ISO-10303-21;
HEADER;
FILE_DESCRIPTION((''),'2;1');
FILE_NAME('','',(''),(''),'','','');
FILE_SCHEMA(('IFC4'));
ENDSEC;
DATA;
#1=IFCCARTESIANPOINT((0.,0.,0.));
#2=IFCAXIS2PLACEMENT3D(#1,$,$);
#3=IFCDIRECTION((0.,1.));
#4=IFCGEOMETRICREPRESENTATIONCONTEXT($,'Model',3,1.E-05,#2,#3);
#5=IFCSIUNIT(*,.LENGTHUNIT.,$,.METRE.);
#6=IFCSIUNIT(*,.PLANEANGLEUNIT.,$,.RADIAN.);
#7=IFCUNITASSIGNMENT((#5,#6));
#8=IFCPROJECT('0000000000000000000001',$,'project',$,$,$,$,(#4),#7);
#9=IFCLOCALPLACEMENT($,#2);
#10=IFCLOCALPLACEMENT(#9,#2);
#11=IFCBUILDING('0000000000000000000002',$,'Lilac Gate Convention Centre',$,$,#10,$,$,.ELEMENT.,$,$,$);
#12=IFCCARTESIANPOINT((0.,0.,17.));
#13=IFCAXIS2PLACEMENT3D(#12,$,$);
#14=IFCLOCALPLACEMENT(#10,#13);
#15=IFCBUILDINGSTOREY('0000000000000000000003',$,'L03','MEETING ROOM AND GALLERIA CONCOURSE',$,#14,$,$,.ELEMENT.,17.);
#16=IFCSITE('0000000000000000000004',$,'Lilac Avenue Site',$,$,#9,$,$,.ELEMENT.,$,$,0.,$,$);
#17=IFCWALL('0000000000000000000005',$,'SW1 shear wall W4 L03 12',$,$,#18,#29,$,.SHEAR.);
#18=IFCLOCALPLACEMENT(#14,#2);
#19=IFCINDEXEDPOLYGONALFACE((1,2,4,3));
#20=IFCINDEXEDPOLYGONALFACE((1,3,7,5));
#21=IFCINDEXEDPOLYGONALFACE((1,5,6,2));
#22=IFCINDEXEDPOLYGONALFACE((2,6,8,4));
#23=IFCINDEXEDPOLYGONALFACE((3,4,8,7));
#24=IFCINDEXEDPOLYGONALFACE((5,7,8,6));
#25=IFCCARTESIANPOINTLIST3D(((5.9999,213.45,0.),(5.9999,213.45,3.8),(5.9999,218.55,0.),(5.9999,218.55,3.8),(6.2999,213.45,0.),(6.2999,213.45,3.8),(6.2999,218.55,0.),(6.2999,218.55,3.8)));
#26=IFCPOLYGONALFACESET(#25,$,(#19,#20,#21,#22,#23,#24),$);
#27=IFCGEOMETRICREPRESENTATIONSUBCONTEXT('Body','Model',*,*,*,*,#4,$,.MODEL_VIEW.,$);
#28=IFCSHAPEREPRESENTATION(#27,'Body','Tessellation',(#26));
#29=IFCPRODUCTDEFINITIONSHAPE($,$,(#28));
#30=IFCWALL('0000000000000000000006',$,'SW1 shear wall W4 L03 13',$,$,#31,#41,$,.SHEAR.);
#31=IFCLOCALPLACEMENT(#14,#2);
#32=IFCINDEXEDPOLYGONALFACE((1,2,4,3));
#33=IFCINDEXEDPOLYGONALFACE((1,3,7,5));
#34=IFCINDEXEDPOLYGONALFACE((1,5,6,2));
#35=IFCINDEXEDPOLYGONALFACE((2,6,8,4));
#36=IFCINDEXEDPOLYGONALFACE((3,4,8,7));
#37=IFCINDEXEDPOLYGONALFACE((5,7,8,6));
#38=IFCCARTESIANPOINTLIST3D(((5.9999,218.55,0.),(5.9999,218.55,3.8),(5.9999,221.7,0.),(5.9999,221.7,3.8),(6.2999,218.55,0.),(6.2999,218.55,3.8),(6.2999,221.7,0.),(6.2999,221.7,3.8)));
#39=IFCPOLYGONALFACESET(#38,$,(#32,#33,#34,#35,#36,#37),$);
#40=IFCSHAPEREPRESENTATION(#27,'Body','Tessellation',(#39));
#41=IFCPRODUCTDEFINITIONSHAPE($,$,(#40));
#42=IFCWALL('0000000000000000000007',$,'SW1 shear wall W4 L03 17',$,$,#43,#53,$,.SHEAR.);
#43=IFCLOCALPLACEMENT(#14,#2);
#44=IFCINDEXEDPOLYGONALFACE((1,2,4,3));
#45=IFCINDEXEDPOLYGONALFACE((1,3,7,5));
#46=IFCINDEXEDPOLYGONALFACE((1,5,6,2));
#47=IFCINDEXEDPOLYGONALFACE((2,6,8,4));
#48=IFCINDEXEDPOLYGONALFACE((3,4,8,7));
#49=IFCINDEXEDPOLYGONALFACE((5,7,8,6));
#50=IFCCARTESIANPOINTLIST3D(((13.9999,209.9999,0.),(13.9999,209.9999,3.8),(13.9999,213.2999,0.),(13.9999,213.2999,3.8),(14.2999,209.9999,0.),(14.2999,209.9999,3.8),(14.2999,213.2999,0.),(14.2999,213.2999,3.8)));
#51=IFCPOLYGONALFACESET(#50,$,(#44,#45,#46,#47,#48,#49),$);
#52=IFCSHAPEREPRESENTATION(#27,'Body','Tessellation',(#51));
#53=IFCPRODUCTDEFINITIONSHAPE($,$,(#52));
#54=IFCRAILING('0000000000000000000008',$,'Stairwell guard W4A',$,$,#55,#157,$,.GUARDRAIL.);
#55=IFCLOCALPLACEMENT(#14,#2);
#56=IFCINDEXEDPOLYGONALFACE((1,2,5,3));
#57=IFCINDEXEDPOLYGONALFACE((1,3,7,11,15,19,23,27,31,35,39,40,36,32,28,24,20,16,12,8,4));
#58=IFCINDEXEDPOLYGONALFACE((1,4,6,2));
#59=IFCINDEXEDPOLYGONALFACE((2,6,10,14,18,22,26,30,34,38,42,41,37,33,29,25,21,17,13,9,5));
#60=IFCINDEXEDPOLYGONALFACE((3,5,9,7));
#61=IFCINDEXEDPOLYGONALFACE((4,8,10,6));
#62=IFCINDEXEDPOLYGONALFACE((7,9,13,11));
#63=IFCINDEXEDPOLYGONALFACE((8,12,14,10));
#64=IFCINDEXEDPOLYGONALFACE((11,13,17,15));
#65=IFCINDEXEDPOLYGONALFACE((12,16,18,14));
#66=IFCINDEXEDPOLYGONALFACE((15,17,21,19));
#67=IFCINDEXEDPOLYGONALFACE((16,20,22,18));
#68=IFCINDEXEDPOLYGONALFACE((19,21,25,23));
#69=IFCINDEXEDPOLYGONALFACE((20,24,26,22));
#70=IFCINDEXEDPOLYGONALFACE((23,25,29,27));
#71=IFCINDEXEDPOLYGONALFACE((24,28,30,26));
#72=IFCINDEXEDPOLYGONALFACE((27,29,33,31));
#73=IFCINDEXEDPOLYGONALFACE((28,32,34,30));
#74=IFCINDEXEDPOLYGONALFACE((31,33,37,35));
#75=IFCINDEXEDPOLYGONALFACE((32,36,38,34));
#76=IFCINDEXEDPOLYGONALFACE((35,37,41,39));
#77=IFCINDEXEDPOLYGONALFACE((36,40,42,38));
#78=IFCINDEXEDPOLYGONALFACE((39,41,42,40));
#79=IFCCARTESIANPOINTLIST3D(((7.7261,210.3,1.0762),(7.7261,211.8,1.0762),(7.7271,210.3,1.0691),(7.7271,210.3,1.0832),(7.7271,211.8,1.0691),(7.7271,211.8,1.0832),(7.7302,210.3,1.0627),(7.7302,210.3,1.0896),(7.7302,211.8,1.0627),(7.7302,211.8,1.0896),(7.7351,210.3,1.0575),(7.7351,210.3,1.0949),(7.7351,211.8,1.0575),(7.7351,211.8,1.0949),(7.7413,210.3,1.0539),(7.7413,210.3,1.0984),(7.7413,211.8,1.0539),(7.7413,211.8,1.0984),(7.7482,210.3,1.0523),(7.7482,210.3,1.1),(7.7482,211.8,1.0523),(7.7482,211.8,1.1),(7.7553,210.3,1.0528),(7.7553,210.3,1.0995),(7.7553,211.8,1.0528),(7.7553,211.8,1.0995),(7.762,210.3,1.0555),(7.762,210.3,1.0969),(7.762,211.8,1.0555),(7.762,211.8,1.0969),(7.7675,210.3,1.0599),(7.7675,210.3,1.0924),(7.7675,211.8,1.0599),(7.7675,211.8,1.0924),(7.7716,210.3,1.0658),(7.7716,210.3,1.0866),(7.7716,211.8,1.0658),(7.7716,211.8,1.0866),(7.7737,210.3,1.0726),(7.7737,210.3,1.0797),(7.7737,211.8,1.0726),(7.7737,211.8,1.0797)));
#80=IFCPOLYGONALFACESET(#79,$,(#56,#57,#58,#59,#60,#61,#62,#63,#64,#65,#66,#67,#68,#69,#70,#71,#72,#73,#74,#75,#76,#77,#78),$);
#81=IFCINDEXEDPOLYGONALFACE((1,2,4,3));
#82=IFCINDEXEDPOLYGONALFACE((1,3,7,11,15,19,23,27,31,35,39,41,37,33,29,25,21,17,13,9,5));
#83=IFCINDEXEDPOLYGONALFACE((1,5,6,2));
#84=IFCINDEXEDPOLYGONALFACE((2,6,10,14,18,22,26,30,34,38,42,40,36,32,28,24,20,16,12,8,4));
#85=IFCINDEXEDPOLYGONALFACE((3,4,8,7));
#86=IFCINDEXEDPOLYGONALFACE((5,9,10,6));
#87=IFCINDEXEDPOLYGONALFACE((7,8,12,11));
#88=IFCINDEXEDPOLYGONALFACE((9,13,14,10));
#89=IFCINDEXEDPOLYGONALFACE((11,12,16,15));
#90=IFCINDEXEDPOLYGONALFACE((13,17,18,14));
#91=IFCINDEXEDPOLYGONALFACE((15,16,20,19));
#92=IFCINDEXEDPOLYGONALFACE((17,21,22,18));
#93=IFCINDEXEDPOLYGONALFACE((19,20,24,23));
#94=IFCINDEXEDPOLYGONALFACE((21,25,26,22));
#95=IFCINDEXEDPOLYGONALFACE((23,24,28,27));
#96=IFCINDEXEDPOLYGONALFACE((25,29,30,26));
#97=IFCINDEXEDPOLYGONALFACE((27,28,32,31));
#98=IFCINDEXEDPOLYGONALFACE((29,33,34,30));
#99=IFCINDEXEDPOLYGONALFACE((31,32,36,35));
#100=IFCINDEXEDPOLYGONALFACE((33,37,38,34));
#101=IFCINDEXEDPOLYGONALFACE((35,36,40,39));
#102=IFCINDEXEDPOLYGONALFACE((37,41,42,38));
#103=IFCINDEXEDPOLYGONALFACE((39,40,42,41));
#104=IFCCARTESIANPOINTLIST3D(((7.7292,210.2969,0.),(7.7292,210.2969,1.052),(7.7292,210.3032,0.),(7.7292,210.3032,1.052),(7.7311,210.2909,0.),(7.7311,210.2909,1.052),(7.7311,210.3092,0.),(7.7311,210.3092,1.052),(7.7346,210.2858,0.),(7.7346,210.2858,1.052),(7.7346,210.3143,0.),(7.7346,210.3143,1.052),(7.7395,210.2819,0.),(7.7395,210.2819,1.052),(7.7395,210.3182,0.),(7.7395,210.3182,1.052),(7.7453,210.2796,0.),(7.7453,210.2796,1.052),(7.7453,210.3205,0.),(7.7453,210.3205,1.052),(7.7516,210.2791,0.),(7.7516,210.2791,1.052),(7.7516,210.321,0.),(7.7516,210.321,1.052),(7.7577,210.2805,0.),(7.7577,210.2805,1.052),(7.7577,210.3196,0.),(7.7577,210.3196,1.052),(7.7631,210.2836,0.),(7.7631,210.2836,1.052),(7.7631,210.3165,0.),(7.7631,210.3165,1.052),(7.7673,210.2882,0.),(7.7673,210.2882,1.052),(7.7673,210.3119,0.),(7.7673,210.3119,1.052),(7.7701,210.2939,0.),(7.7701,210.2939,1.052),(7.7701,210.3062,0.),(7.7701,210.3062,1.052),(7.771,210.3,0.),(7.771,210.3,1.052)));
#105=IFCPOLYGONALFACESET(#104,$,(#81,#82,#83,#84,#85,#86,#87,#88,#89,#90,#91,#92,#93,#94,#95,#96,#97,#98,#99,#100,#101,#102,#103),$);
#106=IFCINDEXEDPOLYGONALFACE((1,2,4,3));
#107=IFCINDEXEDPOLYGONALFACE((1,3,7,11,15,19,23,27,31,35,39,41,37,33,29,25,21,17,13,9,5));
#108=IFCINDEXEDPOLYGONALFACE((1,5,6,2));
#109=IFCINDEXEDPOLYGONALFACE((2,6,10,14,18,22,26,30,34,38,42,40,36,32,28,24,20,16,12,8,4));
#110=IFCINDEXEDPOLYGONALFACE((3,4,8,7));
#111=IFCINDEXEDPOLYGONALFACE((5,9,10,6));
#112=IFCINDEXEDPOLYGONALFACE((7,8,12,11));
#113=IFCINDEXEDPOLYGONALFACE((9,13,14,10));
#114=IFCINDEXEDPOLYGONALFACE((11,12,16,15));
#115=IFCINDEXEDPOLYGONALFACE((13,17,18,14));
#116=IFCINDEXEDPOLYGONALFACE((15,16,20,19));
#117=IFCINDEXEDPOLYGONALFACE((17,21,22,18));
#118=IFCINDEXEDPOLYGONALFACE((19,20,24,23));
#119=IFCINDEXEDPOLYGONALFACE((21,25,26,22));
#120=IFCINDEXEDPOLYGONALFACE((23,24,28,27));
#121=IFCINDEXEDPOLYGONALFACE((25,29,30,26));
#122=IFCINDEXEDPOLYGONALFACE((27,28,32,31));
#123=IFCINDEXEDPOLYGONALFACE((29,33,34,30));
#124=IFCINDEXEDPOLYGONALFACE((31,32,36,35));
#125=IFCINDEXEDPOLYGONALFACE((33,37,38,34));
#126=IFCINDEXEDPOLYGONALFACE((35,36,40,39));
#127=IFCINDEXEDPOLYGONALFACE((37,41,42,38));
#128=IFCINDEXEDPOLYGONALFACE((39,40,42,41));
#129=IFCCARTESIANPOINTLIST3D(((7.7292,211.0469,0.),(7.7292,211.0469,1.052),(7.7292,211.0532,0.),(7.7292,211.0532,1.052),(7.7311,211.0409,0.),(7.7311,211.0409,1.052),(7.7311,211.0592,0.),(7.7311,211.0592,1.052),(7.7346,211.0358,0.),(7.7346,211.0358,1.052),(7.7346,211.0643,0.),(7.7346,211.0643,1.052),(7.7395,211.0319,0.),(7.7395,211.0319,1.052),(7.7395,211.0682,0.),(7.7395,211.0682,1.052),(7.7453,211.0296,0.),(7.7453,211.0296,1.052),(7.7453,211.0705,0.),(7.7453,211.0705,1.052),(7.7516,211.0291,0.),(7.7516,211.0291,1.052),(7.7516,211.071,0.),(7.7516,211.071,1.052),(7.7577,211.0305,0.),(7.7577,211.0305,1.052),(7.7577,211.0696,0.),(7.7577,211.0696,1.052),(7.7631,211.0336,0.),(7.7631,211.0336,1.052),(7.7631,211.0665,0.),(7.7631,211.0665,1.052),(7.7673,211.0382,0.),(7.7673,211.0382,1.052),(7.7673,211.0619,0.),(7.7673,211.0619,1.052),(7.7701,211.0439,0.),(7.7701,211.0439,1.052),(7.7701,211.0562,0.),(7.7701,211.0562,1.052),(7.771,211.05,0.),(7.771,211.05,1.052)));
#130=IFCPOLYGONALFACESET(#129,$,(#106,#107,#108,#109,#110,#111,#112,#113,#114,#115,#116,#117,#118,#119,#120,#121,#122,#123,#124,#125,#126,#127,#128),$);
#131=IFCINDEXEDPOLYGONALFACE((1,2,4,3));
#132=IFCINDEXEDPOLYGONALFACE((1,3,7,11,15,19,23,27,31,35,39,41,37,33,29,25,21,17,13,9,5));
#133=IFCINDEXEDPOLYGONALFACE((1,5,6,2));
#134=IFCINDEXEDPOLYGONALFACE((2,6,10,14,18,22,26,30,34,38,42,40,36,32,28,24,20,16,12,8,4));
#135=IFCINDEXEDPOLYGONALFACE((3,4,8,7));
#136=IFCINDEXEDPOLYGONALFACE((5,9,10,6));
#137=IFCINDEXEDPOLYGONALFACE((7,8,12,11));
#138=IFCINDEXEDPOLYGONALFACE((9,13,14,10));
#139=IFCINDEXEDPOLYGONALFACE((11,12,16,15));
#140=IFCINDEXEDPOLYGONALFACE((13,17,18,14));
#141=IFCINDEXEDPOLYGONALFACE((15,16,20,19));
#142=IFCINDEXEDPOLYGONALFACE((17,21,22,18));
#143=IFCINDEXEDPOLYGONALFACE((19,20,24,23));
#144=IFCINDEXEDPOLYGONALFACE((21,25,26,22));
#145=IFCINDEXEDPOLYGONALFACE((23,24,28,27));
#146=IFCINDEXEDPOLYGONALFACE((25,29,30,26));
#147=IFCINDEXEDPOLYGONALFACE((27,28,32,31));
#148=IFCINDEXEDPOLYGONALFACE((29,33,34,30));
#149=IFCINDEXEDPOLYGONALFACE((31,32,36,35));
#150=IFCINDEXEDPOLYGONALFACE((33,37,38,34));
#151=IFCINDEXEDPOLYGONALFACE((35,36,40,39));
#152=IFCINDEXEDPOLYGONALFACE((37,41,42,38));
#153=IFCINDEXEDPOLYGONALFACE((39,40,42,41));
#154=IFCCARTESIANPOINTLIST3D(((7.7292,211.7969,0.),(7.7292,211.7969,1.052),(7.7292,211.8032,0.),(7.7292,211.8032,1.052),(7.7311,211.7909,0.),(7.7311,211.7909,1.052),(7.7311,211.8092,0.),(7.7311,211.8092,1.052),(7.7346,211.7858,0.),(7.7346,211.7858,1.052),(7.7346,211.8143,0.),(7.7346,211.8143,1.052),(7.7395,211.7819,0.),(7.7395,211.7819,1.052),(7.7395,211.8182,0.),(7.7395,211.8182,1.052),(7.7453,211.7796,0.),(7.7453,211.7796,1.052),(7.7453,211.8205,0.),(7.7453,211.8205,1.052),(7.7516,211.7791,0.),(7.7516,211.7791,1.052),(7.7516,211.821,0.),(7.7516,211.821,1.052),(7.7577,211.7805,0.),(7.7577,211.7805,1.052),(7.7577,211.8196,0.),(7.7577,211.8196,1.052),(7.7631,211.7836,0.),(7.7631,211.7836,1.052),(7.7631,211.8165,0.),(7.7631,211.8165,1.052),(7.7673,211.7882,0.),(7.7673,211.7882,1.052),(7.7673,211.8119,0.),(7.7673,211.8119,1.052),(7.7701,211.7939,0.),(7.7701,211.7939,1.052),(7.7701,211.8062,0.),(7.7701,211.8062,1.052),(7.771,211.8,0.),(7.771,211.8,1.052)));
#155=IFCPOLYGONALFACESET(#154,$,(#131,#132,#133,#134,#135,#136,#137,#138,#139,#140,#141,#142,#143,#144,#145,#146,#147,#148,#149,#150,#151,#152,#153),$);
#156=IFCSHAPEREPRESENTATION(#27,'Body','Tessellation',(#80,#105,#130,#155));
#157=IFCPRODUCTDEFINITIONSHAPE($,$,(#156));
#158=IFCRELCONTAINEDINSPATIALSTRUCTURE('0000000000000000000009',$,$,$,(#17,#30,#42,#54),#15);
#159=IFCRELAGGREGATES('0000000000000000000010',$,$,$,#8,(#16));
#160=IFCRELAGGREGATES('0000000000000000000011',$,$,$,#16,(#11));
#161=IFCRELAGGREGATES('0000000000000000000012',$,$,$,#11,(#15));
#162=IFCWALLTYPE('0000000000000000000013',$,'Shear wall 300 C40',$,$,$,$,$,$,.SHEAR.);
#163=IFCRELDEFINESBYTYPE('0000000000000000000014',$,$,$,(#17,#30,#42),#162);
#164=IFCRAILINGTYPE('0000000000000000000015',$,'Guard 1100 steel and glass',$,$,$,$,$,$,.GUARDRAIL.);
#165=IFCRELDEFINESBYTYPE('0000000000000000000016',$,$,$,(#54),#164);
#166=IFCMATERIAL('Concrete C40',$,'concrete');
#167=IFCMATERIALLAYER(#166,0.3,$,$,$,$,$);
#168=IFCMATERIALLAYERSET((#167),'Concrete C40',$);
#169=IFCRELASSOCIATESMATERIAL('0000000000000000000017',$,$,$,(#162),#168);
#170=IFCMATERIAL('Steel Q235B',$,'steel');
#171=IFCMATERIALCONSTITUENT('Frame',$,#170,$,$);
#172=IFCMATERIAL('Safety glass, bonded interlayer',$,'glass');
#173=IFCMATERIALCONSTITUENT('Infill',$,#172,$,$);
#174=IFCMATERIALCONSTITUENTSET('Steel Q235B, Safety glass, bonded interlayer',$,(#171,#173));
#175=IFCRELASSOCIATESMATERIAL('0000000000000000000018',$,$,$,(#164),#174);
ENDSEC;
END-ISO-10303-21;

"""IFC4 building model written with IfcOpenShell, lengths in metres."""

from ifc_helpers import new_model, si_unit, direction, frame, frame_2d, origin, origin_2d, place, context, subcontext, project, spatial, rectangle, circle, extrude, material, layer, layer_set, constituent, constituent_set, type_object, element, save


model = new_model("IFC4")

# Units and contexts
model_context = context("Model", 3, precision=1e-05, world=origin(), true_north=direction((0.0, 1.0)))
body_context = subcontext(model_context, "Body", "Model", "MODEL_VIEW")
ifc_project = project(units=[si_unit("LENGTHUNIT", "METRE"), si_unit("PLANEANGLEUNIT", "RADIAN")], contexts=[model_context])

# Site, building, storey
site_placement = place(None, origin())
site = spatial("IfcSite", under=ifc_project, at=site_placement, Name="Lilac Avenue Site", CompositionType="ELEMENT", RefElevation=0.0)
building_placement = place(site_placement, origin())
building = spatial("IfcBuilding", under=site, at=building_placement, Name="Lilac Gate Convention Centre", CompositionType="ELEMENT")
storey_placement = place(building_placement, frame((0.0, 0.0, 17.0)))
storey = spatial("IfcBuildingStorey", under=building, at=storey_placement, Name="L03", Description="MEETING ROOM AND GALLERIA CONCOURSE", CompositionType="ELEMENT", Elevation=17.0)

# Shared definitions
ifc_material_1 = material(Name="Concrete C40", Category="concrete")
ifc_layer_1 = layer(ifc_material_1, 0.3)
ifc_layer_set_1 = layer_set([ifc_layer_1], Name="Concrete C40")
wall_type_1 = type_object("IfcWallType", Name="Shear wall 300 C40", PredefinedType="SHEAR", material=ifc_layer_set_1)

# Walls
wall_1_placement = place(storey_placement, frame((6.1499, 213.45, 0.0), z_axis=(0.0, 0.0, 1.0), x_axis=(0.0, 1.0, 0.0)))
element("IfcWall", 1, at=wall_1_placement, inside=storey, type_object=wall_type_1, Name="SW1 shear wall W4 L03 12", PredefinedType="SHEAR", context=body_context, shape_type="SweptSolid", body=[
    extrude(rectangle(XDim=5.1001, YDim=0.3, at=frame_2d((2.55, 0.0))), origin(), (0.0, 0.0, 1.0), 3.8),
])
wall_2_placement = place(storey_placement, frame((6.1499, 218.55, 0.0), z_axis=(0.0, 0.0, 1.0), x_axis=(0.0, 1.0, 0.0)))
element("IfcWall", 2, at=wall_2_placement, inside=storey, type_object=wall_type_1, Name="SW1 shear wall W4 L03 13", PredefinedType="SHEAR", context=body_context, shape_type="SweptSolid", body=[
    extrude(rectangle(XDim=3.1499, YDim=0.3, at=frame_2d((1.575, 0.0))), origin(), (0.0, 0.0, 1.0), 3.8),
])
wall_3_placement = place(storey_placement, frame((14.1499, 210.0, 0.0), z_axis=(0.0, 0.0, 1.0), x_axis=(0.0, 1.0, 0.0)))
element("IfcWall", 3, at=wall_3_placement, inside=storey, type_object=wall_type_1, Name="SW1 shear wall W4 L03 17", PredefinedType="SHEAR", context=body_context, shape_type="SweptSolid", body=[
    extrude(rectangle(XDim=3.3, YDim=0.3, at=frame_2d((1.6499, 0.0))), origin(), (0.0, 0.0, 1.0), 3.8),
])

# Railing
ifc_material_2 = material(Name="Steel Q235B", Category="steel")
ifc_constituent_1 = constituent(ifc_material_2, Name="Frame")
ifc_material_3 = material(Name="Safety glass, bonded interlayer", Category="glass")
ifc_constituent_2 = constituent(ifc_material_3, Name="Infill")
ifc_constituent_set = constituent_set(constituents=[ifc_constituent_1, ifc_constituent_2], Name="Steel Q235B, Safety glass, bonded interlayer")
railing_type = type_object("IfcRailingType", Name="Guard 1100 steel and glass", PredefinedType="GUARDRAIL", material=ifc_constituent_set)
railing_placement = place(storey_placement, frame((7.75, 210.3, 0.0)))
element("IfcRailing", 4, at=railing_placement, inside=storey, type_object=railing_type, Name="Stairwell guard W4A", PredefinedType="GUARDRAIL", context=body_context, shape_type="SweptSolid", body=[
    extrude(circle(Radius=0.0239, at=origin_2d()), frame((0.0, 0.0, 1.0762), z_axis=(0.0, 1.0, 0.0), x_axis=(-1.0, 0.0, 0.0)), (0.0, 0.0, 1.0), 1.5),
    extrude(circle(Radius=0.021, at=origin_2d()), origin(), (0.0, 0.0, 1.0), 1.052),
    extrude(circle(Radius=0.021, at=origin_2d()), frame((0.0, 0.75, 0.0)), (0.0, 0.0, 1.0), 1.052),
    extrude(circle(Radius=0.021, at=origin_2d()), frame((0.0, 1.5, 0.0)), (0.0, 0.0, 1.0), 1.052),
])

save(model, "model.ifc")
